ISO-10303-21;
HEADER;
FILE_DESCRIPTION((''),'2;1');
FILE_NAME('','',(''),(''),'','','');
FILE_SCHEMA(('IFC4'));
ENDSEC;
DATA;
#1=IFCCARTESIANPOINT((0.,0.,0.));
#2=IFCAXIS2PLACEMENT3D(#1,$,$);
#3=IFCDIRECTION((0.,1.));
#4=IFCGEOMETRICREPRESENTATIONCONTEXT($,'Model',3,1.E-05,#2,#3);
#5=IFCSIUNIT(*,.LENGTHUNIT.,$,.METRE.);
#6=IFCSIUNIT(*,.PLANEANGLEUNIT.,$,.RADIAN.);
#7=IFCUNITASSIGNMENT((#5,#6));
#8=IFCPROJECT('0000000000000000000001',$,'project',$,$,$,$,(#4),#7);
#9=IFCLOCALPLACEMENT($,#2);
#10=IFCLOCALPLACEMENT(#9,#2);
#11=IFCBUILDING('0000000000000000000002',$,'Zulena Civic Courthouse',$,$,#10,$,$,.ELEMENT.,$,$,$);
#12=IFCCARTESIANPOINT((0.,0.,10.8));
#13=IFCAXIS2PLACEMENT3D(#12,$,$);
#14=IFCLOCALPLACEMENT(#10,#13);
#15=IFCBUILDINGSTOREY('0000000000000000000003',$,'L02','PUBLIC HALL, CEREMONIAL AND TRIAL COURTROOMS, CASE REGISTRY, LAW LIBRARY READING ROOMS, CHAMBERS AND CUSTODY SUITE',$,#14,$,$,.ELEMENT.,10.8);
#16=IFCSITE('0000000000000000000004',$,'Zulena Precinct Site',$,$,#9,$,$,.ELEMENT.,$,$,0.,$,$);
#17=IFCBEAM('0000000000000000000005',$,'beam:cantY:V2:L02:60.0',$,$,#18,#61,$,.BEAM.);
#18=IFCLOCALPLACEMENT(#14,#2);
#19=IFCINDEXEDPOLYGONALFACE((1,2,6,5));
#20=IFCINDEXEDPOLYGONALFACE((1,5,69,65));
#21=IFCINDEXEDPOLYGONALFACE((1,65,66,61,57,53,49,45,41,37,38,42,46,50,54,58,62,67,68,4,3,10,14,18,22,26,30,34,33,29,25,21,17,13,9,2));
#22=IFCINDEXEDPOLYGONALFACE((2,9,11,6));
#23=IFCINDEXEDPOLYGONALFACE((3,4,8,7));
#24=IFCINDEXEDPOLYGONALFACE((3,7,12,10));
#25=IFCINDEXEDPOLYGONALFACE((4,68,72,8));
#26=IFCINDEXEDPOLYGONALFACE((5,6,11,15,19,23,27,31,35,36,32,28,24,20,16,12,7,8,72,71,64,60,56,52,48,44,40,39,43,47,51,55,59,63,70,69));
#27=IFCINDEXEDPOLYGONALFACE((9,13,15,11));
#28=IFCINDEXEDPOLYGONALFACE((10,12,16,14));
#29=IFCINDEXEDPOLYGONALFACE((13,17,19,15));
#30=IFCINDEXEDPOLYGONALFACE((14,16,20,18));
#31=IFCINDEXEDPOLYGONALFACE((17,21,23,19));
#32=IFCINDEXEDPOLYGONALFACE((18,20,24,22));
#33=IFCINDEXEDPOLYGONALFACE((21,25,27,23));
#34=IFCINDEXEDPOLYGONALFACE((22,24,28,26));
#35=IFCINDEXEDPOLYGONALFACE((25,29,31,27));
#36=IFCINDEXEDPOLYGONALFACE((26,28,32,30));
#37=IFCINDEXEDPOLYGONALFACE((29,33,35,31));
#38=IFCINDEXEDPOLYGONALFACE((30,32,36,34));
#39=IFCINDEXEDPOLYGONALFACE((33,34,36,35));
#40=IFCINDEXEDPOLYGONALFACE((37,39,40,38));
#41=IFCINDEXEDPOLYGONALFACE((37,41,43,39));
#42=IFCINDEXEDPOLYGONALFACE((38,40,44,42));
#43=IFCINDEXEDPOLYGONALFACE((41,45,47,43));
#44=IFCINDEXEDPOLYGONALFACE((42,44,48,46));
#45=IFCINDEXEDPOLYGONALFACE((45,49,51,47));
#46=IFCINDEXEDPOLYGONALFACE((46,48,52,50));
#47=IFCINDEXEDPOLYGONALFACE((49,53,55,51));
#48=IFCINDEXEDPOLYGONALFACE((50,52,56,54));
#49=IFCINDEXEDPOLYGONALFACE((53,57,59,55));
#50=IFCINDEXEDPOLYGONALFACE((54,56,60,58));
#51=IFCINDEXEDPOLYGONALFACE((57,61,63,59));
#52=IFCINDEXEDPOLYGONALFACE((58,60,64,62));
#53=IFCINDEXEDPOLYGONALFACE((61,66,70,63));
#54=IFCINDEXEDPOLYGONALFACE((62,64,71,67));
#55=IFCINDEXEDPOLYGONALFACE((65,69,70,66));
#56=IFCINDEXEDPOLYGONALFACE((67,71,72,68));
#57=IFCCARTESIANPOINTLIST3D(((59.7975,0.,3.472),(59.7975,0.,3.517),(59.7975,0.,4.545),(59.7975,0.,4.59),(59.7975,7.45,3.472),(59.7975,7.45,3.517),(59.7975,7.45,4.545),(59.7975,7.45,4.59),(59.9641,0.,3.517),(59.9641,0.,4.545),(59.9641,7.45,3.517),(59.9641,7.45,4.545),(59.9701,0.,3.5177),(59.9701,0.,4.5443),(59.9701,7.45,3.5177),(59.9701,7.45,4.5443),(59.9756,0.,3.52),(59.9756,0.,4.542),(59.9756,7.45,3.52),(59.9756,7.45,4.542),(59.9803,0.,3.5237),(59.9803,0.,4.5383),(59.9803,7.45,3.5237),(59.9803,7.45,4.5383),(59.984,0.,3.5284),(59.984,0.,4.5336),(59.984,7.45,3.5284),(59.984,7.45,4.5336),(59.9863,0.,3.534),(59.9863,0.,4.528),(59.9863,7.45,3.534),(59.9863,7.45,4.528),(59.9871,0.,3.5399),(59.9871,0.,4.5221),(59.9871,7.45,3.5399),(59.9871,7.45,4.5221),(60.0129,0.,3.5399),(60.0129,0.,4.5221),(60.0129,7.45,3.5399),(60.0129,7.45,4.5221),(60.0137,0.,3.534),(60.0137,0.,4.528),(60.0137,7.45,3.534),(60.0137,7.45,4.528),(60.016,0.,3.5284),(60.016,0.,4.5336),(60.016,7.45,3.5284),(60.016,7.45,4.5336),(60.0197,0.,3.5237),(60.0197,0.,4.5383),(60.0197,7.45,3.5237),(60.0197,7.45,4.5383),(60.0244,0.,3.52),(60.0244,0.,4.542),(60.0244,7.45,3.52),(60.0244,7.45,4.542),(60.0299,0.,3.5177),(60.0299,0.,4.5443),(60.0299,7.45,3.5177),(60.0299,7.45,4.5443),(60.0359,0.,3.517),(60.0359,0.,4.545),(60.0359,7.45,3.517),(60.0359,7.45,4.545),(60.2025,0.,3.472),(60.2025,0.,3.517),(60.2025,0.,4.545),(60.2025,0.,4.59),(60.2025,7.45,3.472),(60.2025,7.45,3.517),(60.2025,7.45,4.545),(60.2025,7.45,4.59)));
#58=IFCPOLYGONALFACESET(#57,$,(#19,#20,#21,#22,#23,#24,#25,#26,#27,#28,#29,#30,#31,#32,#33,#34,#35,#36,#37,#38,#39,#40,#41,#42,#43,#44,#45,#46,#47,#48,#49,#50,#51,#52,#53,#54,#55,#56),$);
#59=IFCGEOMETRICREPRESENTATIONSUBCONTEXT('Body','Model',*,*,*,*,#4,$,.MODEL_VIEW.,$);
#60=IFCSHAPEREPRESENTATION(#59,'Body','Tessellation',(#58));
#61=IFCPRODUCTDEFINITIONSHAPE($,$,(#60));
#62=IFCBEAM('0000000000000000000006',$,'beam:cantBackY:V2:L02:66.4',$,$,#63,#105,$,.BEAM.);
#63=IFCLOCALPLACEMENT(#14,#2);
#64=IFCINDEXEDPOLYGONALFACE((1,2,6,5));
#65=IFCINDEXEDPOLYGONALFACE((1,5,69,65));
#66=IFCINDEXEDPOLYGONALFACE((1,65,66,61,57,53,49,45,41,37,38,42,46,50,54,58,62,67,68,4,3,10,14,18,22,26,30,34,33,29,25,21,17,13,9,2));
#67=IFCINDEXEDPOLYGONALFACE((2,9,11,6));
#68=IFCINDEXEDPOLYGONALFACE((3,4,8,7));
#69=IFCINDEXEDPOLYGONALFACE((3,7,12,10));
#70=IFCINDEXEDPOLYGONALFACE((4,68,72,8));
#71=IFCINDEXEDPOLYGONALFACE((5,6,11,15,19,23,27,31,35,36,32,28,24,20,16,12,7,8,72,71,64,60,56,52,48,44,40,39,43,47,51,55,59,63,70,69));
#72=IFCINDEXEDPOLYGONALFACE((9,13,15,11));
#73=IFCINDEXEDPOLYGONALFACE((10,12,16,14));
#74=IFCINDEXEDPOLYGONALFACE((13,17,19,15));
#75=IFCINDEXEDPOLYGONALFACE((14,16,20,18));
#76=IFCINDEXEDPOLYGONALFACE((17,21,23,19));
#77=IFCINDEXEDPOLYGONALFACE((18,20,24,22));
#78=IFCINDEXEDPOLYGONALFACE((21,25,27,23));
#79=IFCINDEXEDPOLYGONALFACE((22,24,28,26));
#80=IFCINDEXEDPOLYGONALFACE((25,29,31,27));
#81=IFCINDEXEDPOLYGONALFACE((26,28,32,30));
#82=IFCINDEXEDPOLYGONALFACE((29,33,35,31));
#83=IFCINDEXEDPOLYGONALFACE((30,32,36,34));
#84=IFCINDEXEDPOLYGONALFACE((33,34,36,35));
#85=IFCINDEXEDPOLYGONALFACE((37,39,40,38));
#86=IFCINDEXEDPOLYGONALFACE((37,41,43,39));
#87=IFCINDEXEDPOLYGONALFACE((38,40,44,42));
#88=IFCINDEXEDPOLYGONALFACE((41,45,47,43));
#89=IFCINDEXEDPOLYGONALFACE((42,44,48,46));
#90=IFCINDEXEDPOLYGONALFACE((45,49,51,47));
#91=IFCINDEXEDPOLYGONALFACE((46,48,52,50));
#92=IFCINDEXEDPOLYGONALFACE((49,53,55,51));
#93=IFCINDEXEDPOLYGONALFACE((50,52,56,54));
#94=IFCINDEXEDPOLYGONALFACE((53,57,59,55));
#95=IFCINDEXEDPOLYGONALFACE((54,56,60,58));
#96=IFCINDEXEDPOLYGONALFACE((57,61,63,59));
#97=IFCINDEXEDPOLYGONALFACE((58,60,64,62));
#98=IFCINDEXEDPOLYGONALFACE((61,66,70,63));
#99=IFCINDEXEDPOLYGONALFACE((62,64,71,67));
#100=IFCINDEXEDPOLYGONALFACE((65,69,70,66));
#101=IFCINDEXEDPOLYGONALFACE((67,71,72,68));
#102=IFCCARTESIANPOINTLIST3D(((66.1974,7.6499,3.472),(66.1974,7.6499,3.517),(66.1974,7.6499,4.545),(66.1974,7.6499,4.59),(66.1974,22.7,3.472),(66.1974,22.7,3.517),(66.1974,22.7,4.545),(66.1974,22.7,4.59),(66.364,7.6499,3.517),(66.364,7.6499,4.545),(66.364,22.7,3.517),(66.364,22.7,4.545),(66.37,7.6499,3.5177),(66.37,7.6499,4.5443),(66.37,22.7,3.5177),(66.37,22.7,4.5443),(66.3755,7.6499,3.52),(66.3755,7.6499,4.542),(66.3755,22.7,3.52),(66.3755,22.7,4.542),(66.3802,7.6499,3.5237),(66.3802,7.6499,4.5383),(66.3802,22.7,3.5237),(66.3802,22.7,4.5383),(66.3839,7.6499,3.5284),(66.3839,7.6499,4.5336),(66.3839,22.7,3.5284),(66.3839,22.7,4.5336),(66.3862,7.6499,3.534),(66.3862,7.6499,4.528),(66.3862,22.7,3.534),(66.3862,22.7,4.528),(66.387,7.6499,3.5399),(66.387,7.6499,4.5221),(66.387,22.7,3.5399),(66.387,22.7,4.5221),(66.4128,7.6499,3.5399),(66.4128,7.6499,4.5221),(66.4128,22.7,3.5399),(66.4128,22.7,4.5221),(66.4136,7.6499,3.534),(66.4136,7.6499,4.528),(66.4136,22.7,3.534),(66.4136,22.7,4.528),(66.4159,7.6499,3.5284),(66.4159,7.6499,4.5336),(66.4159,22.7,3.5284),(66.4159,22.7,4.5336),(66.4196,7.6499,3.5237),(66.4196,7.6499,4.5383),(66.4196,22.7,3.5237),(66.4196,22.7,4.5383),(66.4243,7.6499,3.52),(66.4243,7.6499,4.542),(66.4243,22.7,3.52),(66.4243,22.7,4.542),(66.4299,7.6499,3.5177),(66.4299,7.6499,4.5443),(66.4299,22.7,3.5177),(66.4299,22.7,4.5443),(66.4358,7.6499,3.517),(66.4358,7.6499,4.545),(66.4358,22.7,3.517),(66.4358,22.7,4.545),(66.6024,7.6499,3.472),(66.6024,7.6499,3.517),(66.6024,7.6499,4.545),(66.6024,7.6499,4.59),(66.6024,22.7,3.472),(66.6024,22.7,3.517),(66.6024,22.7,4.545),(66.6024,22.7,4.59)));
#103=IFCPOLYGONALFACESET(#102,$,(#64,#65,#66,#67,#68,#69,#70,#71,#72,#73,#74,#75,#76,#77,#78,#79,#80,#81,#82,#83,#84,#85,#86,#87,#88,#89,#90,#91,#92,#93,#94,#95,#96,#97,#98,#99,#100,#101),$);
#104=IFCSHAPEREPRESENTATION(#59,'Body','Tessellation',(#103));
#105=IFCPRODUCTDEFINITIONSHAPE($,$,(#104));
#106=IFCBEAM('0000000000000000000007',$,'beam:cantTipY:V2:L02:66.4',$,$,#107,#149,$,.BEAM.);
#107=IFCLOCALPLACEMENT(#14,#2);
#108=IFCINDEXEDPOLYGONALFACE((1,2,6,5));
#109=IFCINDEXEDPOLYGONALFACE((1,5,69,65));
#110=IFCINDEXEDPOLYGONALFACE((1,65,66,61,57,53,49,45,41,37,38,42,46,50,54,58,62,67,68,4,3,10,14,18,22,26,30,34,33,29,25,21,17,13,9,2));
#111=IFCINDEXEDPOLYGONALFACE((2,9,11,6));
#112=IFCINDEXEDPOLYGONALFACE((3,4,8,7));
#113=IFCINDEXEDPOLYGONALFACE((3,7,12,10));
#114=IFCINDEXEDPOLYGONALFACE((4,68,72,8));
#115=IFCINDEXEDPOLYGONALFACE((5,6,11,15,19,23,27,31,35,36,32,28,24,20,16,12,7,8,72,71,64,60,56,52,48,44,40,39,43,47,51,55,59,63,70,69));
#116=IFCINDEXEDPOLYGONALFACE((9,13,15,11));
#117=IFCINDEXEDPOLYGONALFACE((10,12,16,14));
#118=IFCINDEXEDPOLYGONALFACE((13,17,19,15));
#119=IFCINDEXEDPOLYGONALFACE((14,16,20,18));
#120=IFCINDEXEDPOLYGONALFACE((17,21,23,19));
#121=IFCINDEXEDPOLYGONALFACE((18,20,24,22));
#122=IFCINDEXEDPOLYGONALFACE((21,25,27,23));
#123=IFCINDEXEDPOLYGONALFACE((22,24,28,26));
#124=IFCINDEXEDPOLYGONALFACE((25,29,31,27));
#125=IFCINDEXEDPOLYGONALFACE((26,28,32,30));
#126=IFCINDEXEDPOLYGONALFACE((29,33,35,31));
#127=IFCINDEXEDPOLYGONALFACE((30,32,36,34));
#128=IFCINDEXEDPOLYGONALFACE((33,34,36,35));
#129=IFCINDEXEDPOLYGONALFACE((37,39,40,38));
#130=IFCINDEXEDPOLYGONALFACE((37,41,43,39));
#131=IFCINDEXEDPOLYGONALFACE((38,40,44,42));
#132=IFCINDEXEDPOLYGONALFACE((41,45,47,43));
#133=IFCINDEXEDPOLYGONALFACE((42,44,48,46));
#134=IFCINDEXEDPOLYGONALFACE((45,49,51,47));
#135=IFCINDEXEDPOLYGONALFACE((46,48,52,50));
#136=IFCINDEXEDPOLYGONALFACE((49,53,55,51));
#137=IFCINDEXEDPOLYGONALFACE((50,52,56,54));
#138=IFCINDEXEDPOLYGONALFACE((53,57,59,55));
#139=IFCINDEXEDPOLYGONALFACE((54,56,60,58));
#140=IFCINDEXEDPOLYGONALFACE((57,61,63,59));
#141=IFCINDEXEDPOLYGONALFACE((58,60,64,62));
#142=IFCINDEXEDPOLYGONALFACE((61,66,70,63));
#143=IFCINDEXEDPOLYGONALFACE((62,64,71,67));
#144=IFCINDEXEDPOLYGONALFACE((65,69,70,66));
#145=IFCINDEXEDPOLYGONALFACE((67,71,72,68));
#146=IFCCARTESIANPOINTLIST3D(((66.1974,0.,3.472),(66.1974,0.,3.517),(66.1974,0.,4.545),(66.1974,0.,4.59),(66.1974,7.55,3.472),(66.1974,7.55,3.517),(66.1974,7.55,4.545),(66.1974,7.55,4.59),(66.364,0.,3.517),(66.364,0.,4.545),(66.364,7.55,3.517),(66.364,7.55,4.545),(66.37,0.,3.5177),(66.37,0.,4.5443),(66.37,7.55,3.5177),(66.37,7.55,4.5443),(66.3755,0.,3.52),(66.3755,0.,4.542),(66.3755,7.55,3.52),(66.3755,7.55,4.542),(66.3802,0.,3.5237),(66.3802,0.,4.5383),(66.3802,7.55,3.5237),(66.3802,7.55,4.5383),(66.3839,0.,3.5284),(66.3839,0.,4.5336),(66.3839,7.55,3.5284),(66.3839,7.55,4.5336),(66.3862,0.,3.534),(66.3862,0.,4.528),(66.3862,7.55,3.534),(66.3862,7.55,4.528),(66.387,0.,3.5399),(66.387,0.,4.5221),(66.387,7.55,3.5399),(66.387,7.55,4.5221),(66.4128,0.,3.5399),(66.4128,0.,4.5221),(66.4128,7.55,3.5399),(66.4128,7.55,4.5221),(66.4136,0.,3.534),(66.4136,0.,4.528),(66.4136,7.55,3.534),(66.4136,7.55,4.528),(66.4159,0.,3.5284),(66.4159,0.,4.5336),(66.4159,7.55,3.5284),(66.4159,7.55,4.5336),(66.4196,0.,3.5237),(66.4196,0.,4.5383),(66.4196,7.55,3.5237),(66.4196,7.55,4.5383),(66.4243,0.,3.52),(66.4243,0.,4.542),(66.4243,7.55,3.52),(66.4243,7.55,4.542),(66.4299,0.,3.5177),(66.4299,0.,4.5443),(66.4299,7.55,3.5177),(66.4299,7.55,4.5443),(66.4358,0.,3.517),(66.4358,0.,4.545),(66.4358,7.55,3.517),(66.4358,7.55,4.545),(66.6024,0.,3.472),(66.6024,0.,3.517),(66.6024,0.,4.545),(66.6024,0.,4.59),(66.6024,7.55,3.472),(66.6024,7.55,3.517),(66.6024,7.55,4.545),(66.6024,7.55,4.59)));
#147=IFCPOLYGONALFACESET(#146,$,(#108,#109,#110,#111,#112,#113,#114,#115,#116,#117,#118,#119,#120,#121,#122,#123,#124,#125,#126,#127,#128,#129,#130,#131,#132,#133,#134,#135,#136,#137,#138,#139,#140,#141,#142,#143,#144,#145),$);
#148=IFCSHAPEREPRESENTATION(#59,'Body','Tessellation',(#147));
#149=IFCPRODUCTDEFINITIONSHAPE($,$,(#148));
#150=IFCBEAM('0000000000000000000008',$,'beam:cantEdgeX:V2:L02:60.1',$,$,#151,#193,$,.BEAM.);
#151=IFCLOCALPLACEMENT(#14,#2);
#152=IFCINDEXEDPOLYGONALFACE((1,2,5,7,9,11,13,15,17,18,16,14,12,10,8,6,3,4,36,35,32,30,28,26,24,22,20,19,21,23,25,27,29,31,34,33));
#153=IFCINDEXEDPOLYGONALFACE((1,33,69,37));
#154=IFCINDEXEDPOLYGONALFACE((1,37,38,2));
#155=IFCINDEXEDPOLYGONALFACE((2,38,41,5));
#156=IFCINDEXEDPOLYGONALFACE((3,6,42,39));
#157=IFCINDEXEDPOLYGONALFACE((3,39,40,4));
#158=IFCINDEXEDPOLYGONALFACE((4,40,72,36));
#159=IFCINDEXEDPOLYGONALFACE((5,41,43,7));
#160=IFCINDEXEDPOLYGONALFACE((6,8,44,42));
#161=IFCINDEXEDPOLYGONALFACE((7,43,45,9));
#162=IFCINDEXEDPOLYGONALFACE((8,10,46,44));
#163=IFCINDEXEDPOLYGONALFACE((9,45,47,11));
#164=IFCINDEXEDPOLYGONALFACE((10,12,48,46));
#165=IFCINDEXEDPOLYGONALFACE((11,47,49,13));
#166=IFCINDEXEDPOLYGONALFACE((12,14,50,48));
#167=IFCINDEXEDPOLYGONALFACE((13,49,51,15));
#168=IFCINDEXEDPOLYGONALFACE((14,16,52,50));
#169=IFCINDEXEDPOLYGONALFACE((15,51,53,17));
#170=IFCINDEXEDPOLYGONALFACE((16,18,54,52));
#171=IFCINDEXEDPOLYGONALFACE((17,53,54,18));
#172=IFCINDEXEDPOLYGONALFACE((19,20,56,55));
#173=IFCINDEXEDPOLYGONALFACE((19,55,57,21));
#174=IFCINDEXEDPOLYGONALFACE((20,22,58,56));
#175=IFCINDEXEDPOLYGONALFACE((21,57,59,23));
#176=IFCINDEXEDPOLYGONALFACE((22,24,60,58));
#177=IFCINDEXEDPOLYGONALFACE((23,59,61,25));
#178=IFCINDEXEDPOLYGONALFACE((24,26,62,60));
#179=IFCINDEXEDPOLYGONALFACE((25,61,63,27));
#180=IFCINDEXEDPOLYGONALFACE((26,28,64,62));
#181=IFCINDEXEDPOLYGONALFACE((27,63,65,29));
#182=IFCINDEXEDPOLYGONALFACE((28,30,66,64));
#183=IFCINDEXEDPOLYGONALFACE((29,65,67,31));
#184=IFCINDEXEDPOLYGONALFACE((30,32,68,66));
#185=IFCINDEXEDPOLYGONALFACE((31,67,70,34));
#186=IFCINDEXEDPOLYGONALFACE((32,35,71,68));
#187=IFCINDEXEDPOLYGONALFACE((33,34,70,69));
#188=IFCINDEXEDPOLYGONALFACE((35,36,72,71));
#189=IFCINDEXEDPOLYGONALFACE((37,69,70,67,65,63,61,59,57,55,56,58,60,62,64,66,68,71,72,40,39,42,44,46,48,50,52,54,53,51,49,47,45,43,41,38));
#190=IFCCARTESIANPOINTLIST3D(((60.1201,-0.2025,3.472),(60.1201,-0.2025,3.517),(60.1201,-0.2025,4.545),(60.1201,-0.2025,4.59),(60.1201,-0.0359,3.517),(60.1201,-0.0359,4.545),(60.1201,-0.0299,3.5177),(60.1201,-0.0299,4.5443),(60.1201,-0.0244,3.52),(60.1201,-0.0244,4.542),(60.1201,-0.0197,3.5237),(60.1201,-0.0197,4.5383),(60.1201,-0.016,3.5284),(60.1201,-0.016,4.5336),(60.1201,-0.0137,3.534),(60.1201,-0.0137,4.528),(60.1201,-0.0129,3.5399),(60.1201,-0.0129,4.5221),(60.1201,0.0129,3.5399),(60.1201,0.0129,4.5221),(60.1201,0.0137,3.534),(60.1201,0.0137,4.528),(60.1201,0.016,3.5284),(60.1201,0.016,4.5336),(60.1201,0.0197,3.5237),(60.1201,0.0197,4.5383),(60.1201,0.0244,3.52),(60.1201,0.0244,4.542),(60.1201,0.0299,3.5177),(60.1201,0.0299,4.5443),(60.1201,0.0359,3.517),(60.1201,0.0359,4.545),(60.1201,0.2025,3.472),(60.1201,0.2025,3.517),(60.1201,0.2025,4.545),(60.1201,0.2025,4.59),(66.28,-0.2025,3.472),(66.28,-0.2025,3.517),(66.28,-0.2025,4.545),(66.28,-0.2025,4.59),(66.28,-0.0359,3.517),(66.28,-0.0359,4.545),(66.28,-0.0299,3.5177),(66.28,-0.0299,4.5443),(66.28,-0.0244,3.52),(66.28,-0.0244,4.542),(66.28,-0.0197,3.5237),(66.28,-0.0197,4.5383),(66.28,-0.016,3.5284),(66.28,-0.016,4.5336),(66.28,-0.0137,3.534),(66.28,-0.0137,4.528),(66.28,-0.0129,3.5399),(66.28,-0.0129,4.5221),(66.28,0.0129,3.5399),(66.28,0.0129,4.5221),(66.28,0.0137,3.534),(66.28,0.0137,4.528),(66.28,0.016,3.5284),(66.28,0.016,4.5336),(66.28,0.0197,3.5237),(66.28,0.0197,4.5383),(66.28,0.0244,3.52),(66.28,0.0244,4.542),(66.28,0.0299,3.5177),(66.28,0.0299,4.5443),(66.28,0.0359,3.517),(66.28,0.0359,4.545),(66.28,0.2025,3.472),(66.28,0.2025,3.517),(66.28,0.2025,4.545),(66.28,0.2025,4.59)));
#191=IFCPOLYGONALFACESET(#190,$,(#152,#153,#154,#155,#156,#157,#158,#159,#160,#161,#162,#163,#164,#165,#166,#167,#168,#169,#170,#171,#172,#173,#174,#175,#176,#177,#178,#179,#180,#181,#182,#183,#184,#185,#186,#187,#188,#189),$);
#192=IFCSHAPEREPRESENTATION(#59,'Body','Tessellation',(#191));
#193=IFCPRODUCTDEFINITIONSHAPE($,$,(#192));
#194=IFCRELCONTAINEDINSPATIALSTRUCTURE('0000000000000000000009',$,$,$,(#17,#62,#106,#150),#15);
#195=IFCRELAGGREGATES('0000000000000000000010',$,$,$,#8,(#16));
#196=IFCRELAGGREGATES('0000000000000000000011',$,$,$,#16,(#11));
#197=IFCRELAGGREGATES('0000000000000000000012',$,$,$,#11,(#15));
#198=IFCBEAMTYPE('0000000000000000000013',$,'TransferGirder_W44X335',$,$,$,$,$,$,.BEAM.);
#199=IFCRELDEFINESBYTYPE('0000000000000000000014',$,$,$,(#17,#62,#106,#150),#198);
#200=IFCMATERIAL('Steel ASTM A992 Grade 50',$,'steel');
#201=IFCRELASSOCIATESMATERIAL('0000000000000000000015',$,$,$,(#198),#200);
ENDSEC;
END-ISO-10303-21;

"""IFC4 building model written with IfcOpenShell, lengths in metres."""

from ifc_helpers import new_model, si_unit, direction, frame, origin, origin_2d, place, context, subcontext, project, spatial, i_section, extrude, material, material_profile, profile_set, type_object, element, save


model = new_model("IFC4")

# Units and contexts
model_context = context("Model", 3, precision=1e-05, world=origin(), true_north=direction((0.0, 1.0)))
body_context = subcontext(model_context, "Body", "Model", "MODEL_VIEW")
ifc_project = project(units=[si_unit("LENGTHUNIT", "METRE"), si_unit("PLANEANGLEUNIT", "RADIAN")], contexts=[model_context])

# Site, building, storey
site_placement = place(None, origin())
site = spatial("IfcSite", under=ifc_project, at=site_placement, Name="Zulena Precinct Site", CompositionType="ELEMENT", RefElevation=0.0)
building_placement = place(site_placement, origin())
building = spatial("IfcBuilding", under=site, at=building_placement, Name="Zulena Civic Courthouse", CompositionType="ELEMENT")
storey_placement = place(building_placement, frame((0.0, 0.0, 10.8)))
storey = spatial("IfcBuildingStorey", under=building, at=storey_placement, Name="L02", Description="PUBLIC HALL, CEREMONIAL AND TRIAL COURTROOMS, CASE REGISTRY, LAW LIBRARY READING ROOMS, CHAMBERS AND CUSTODY SUITE", CompositionType="ELEMENT", Elevation=10.8)

# Shared definitions
ifc_material_1 = material(Name="Steel ASTM A992 Grade 50", Category="steel")

# Beams
ifc_material_profile_1 = material_profile(ifc_material_1, i_section(OverallWidth=0.405, OverallDepth=1.1179, WebThickness=0.0259, FlangeThickness=0.0449, FilletRadius=0.0229, at=origin_2d()), Name="W44X335")
ifc_profile_set_1 = profile_set([ifc_material_profile_1], Name="Steel ASTM A992 Grade 50")
beam_type_1 = type_object("IfcBeamType", Name="TransferGirder_W44X335", PredefinedType="BEAM", material=ifc_profile_set_1)
beam_1_placement = place(storey_placement, frame((60.0, 0.0, 4.031), z_axis=(0.0, 1.0, 0.0), x_axis=(-1.0, 0.0, 0.0)))
element("IfcBeam", 1, at=beam_1_placement, inside=storey, type_object=beam_type_1, Name="beam:cantY:V2:L02:60.0", PredefinedType="BEAM", context=body_context, shape_type="SweptSolid", body=[
    extrude(i_section(OverallWidth=0.405, OverallDepth=1.1179, WebThickness=0.0259, FlangeThickness=0.0449, FilletRadius=0.0229, at=origin_2d()), origin(), (0.0, 0.0, 1.0), 7.45),
])
beam_2_placement = place(storey_placement, frame((66.3999, 7.6499, 4.031), z_axis=(0.0, 1.0, 0.0), x_axis=(-1.0, 0.0, 0.0)))
element("IfcBeam", 2, at=beam_2_placement, inside=storey, type_object=beam_type_1, Name="beam:cantBackY:V2:L02:66.4", PredefinedType="BEAM", context=body_context, shape_type="SweptSolid", body=[
    extrude(i_section(OverallWidth=0.405, OverallDepth=1.1179, WebThickness=0.0259, FlangeThickness=0.0449, FilletRadius=0.0229, at=origin_2d()), origin(), (0.0, 0.0, 1.0), 15.05),
])
beam_3_placement = place(storey_placement, frame((66.3999, 0.0, 4.031), z_axis=(0.0, 1.0, 0.0), x_axis=(-1.0, 0.0, 0.0)))
element("IfcBeam", 3, at=beam_3_placement, inside=storey, type_object=beam_type_1, Name="beam:cantTipY:V2:L02:66.4", PredefinedType="BEAM", context=body_context, shape_type="SweptSolid", body=[
    extrude(i_section(OverallWidth=0.405, OverallDepth=1.1179, WebThickness=0.0259, FlangeThickness=0.0449, FilletRadius=0.0229, at=origin_2d()), origin(), (0.0, 0.0, 1.0), 7.55),
])
beam_4_placement = place(storey_placement, frame((60.1201, 0.0, 4.031), z_axis=(1.0, 0.0, 0.0), x_axis=(0.0, 1.0, 0.0)))
element("IfcBeam", 4, at=beam_4_placement, inside=storey, type_object=beam_type_1, Name="beam:cantEdgeX:V2:L02:60.1", PredefinedType="BEAM", context=body_context, shape_type="SweptSolid", body=[
    extrude(i_section(OverallWidth=0.405, OverallDepth=1.1179, WebThickness=0.0259, FlangeThickness=0.0449, FilletRadius=0.0229, at=origin_2d()), origin(), (0.0, 0.0, 1.0), 6.1599),
])

save(model, "model.ifc")
